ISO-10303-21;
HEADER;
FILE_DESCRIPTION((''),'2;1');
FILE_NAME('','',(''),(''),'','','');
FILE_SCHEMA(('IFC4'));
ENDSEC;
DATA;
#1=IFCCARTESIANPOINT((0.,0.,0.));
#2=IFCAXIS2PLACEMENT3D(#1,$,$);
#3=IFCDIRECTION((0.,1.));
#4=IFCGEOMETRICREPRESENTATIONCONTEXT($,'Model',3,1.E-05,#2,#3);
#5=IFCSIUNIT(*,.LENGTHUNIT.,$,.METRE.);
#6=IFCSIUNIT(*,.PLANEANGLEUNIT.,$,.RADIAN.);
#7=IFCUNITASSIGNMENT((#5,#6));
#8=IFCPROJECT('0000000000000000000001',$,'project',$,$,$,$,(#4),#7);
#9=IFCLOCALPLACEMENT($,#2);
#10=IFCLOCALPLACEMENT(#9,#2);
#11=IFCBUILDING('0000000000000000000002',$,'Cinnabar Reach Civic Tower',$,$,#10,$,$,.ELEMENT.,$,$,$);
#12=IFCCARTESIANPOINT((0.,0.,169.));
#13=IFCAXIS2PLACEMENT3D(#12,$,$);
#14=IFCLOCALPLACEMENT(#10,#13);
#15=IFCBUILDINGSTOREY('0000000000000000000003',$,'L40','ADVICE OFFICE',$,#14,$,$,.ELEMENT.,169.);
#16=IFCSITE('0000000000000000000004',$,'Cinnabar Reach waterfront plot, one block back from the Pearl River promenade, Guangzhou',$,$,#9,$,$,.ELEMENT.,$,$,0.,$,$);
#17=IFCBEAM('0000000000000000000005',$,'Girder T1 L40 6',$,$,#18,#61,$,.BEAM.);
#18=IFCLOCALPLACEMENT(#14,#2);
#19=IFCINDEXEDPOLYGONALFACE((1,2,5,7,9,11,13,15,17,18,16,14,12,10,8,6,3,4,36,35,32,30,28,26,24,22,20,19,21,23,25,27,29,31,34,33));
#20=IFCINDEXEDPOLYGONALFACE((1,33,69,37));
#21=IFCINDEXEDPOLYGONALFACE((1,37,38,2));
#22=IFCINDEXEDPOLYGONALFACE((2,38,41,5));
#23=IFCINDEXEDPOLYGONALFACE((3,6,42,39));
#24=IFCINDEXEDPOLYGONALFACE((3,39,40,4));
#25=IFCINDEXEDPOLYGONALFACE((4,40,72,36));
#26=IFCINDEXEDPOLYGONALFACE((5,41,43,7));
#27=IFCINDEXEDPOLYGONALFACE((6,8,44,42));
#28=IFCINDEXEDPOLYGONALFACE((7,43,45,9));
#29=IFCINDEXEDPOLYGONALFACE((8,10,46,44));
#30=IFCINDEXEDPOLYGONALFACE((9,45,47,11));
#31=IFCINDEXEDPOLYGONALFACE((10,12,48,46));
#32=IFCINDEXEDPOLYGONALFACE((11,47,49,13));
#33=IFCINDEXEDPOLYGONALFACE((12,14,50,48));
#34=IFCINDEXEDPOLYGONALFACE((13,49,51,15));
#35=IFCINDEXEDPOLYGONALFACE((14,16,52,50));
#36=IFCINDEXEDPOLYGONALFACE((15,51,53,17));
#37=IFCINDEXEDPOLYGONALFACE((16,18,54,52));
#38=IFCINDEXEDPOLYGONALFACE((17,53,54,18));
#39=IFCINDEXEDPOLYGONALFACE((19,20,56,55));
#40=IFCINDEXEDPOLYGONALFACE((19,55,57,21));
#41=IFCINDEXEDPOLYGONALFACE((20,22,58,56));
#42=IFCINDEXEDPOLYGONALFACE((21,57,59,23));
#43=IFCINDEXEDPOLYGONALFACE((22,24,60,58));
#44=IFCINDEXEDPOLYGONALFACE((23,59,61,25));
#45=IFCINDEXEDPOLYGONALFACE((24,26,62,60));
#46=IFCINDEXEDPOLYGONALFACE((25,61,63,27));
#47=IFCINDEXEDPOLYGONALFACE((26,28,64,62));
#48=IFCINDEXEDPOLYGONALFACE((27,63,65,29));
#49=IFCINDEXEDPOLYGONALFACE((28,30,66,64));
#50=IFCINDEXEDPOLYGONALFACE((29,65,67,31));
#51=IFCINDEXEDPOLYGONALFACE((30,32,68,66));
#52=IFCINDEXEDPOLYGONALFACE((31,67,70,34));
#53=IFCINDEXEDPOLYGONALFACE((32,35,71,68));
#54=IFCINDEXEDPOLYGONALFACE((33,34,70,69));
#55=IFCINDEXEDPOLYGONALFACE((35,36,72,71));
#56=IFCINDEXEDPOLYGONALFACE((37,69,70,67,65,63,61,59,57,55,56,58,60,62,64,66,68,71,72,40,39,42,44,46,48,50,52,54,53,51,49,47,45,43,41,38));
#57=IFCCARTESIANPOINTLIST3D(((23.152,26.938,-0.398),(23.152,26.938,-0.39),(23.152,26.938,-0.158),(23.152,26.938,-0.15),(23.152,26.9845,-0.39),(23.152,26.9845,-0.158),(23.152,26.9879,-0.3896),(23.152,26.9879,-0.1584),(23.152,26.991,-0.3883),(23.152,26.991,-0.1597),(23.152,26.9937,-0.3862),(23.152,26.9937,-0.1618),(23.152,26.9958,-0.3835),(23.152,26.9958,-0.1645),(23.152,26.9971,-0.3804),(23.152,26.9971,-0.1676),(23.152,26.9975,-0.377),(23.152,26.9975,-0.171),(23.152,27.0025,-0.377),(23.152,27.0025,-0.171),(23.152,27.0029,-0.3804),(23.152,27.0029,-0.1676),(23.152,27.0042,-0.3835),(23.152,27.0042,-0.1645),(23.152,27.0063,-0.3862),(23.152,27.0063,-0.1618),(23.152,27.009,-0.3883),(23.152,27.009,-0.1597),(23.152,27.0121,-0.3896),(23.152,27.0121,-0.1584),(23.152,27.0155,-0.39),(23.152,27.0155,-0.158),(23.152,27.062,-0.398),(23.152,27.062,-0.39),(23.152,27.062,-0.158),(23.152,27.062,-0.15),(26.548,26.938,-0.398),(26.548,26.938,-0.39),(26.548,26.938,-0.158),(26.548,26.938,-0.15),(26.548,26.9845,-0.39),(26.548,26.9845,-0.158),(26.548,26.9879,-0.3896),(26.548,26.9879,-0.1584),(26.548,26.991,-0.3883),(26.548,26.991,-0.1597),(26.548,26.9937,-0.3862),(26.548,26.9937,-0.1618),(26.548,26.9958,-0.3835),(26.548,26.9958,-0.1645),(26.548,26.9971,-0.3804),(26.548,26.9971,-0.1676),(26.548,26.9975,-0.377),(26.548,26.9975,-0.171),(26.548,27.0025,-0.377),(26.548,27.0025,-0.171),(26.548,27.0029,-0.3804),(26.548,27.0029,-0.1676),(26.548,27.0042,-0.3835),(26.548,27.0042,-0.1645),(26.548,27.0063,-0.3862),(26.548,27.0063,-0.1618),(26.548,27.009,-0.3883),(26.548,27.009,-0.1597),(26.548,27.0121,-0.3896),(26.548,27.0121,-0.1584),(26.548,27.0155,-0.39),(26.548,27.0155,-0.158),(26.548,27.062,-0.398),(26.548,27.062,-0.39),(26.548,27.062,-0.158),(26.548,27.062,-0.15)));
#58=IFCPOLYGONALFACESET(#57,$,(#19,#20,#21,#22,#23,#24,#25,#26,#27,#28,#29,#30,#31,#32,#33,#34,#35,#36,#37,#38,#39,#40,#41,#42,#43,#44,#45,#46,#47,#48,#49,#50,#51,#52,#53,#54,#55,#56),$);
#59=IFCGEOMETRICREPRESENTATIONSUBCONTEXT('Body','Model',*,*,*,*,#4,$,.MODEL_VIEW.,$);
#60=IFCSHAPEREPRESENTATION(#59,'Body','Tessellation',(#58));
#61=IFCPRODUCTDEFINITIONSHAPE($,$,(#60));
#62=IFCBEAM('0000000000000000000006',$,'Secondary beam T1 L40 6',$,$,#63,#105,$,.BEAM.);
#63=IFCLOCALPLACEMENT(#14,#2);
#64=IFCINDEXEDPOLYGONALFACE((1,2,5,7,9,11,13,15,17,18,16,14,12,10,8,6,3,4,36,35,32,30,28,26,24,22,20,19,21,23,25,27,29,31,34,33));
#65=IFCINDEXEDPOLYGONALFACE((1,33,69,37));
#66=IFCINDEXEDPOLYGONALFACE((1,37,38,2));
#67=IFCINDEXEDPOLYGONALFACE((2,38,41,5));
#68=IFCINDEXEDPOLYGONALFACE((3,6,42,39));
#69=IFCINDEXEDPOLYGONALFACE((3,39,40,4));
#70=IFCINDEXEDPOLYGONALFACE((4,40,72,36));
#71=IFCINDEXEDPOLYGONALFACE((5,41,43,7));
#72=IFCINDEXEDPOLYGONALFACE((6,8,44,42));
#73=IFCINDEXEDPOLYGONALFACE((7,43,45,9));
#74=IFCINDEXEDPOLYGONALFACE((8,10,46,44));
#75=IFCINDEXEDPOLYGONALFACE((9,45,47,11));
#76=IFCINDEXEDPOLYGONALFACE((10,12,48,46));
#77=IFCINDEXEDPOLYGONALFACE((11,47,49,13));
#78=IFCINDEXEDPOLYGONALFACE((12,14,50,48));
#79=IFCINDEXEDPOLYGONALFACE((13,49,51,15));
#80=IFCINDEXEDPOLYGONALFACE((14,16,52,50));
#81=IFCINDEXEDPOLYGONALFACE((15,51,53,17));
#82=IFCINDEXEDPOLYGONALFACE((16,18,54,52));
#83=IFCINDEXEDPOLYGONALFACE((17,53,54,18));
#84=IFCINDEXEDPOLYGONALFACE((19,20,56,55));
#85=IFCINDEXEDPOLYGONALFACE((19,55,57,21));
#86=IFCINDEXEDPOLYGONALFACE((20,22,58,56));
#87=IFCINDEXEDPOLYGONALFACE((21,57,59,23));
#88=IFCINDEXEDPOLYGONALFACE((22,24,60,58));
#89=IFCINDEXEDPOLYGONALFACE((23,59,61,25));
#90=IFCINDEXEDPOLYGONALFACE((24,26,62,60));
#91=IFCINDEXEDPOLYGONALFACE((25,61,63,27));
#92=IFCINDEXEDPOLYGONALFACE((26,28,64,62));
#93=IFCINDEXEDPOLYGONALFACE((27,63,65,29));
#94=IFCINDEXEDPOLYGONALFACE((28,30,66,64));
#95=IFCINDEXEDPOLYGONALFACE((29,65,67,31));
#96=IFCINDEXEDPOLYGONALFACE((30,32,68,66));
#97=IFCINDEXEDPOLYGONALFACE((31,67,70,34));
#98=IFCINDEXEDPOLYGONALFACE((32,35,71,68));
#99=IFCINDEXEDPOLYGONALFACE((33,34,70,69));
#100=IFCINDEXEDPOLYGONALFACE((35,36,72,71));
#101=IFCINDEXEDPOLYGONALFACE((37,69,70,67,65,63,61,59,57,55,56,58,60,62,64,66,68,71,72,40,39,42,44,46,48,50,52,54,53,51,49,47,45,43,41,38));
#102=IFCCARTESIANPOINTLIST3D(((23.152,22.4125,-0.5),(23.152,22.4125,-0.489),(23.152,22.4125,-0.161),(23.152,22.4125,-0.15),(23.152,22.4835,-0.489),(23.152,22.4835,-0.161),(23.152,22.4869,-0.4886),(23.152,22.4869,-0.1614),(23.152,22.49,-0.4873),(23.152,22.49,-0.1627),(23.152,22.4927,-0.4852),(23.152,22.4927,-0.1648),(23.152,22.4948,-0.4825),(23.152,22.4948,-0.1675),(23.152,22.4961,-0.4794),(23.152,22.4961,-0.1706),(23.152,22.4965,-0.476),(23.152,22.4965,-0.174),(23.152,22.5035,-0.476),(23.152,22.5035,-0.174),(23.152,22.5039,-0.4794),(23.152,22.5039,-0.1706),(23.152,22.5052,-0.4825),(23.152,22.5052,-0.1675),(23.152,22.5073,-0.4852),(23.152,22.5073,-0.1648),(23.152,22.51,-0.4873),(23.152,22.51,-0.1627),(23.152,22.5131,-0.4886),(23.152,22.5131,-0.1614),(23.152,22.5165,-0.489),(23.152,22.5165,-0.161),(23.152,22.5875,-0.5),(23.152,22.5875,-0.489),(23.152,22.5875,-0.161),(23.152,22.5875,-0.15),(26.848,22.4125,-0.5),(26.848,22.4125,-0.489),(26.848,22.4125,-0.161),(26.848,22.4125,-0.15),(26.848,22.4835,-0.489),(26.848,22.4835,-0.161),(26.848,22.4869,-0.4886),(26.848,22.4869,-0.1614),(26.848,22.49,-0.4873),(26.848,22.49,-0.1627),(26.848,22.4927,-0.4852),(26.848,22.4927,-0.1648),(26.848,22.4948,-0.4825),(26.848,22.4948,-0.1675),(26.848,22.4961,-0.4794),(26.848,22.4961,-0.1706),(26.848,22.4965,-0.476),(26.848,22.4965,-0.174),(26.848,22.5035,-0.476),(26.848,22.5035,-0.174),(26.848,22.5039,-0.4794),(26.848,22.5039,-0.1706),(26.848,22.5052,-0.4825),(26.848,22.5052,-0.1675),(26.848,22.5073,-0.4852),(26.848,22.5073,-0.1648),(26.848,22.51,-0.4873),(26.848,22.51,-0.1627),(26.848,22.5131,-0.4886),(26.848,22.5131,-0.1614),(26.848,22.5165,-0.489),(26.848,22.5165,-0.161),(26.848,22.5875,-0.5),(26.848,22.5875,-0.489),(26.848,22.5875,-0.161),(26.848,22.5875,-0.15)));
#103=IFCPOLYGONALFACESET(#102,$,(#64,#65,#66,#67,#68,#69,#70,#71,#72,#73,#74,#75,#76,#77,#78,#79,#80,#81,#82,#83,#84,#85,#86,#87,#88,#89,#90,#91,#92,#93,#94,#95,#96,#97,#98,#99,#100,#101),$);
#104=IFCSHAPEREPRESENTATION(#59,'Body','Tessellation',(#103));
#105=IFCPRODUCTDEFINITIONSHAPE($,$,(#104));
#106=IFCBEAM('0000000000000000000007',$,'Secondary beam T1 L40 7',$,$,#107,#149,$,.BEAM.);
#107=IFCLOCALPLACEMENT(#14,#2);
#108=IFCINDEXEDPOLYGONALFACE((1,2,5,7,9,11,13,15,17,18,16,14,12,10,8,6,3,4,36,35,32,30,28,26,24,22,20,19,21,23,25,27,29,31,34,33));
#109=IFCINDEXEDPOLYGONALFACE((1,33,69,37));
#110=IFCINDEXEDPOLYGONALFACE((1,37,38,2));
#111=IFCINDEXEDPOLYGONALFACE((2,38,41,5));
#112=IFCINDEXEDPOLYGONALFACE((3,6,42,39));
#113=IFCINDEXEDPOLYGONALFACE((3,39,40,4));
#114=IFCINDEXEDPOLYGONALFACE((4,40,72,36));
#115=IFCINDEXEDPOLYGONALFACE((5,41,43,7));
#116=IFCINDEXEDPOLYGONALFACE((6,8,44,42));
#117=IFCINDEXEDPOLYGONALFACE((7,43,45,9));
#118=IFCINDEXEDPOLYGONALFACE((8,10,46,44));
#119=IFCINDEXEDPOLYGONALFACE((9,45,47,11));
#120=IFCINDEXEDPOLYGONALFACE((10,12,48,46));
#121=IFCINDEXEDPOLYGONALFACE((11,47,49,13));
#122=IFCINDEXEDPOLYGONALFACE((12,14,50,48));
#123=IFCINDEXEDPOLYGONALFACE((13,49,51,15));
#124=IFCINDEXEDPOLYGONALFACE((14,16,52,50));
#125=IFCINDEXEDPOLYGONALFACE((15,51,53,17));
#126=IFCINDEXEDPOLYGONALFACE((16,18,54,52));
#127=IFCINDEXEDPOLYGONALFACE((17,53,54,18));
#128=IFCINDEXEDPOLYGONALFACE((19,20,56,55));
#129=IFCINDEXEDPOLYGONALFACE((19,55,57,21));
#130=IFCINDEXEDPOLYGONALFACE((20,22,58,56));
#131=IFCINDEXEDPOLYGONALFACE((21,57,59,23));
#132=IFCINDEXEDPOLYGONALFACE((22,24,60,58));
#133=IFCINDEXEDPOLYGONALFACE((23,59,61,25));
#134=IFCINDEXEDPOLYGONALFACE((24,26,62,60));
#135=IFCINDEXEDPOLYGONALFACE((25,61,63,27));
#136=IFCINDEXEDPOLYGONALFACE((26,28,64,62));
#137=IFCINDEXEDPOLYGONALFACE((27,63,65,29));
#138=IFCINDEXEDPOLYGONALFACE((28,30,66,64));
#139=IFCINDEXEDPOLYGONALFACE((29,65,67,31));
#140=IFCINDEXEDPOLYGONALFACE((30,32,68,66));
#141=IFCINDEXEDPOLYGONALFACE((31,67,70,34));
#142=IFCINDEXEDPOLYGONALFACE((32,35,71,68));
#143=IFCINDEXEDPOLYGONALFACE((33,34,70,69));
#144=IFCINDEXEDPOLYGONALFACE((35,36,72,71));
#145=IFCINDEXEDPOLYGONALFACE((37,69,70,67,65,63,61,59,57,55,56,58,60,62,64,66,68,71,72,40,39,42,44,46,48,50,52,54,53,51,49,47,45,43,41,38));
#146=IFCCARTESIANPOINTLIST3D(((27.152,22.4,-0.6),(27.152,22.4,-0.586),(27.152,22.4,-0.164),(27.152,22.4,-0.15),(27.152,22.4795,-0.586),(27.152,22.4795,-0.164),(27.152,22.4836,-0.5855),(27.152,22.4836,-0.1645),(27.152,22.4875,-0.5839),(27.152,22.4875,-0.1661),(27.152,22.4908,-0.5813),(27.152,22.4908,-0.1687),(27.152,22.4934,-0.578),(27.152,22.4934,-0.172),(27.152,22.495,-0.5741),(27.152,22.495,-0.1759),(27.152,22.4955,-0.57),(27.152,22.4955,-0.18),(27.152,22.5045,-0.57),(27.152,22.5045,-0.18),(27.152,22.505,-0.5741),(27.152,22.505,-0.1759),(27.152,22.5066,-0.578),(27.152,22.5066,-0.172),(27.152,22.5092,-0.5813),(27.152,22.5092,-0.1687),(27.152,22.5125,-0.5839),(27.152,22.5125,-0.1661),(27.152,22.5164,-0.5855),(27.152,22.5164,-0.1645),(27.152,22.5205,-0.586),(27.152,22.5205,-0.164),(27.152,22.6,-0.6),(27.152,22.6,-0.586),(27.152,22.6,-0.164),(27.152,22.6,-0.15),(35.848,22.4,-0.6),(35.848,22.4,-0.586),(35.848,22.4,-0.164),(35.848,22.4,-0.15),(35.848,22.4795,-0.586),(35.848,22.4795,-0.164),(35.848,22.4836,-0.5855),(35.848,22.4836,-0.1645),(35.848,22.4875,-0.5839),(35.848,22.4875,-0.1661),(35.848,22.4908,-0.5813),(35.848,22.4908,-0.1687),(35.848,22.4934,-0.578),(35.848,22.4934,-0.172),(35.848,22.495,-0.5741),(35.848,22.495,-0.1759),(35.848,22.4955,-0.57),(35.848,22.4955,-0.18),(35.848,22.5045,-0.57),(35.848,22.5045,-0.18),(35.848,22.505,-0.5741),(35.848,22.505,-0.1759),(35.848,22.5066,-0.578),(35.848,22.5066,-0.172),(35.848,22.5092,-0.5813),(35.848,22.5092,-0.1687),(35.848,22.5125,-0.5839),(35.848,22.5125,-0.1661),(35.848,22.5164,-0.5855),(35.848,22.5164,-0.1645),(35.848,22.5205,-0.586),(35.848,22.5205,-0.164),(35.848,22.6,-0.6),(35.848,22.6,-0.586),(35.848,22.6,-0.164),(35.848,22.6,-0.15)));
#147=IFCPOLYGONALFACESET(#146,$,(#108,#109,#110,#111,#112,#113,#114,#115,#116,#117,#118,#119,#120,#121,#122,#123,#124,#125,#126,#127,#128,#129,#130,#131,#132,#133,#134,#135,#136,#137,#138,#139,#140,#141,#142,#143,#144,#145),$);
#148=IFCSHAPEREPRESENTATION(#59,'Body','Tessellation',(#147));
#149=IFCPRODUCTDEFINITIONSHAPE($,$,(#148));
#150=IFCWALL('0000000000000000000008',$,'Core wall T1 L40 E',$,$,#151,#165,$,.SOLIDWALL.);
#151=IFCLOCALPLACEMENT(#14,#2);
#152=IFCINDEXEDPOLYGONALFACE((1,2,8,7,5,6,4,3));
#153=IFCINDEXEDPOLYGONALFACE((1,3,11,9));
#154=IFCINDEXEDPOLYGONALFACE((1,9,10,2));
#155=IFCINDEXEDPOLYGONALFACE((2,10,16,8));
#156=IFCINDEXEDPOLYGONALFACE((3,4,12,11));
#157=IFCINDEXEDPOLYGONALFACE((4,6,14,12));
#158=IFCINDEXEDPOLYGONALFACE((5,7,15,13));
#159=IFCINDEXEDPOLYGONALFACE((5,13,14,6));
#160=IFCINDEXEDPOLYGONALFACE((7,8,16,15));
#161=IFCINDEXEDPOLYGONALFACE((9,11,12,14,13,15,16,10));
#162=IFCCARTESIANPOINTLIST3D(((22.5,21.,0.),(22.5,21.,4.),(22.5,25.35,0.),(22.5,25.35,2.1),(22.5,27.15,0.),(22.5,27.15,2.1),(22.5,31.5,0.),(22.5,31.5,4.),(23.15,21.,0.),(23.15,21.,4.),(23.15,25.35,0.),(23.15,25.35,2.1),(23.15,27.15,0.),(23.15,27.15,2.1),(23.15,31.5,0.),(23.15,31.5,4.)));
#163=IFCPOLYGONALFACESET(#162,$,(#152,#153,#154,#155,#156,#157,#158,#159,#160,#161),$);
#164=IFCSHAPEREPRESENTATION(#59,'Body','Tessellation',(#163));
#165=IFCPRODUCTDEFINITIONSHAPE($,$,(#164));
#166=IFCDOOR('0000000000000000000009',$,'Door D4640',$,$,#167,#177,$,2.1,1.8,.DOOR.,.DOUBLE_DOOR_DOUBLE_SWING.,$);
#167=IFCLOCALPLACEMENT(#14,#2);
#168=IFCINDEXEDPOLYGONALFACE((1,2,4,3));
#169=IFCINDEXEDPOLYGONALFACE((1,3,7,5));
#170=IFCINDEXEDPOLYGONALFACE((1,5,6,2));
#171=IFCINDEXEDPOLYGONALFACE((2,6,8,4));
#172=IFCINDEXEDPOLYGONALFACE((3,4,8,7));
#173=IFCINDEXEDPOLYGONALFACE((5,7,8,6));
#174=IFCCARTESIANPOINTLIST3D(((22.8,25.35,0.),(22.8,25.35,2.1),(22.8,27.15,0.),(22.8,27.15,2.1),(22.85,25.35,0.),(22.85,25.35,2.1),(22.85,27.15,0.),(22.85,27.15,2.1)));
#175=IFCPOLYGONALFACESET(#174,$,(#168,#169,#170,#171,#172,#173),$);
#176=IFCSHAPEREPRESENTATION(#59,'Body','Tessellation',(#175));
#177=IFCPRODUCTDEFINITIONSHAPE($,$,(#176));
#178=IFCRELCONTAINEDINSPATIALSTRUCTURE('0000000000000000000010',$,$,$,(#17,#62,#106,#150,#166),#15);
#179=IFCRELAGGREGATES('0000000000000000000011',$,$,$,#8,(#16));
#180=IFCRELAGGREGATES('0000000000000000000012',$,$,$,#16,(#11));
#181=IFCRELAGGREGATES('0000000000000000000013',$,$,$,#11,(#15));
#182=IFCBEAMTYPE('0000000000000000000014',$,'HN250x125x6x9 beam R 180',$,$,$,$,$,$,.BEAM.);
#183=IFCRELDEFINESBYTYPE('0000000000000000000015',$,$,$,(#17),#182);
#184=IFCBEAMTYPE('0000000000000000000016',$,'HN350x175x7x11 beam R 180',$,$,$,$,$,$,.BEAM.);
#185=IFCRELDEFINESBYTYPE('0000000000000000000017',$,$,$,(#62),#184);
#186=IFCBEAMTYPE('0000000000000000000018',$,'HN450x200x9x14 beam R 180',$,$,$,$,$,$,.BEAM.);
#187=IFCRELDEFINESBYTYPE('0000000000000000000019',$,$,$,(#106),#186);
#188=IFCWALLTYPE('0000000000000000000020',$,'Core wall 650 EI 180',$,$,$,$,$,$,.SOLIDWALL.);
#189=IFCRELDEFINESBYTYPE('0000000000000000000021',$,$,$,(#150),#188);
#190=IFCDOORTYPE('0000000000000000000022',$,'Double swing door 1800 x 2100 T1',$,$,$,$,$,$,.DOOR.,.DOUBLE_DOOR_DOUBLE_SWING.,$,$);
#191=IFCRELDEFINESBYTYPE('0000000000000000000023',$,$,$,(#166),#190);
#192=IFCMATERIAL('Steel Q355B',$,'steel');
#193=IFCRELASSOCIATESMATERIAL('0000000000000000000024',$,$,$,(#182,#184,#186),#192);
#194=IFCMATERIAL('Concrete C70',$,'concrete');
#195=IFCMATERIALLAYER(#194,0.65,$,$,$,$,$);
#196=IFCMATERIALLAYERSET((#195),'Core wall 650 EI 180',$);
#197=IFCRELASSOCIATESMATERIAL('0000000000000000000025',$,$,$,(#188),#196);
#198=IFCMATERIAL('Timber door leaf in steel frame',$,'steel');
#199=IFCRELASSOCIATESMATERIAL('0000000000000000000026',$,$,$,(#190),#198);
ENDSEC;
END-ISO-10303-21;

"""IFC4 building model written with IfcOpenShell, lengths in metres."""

from ifc_helpers import new_model, si_unit, direction, frame, frame_2d, origin, origin_2d, place, context, subcontext, project, spatial, rectangle, i_section, extrude, material, layer, layer_set, material_profile, profile_set, type_object, element, fill, save


model = new_model("IFC4")

# Units and contexts
model_context = context("Model", 3, precision=1e-05, world=origin(), true_north=direction((0.0, 1.0)))
body_context = subcontext(model_context, "Body", "Model", "MODEL_VIEW")
ifc_project = project(units=[si_unit("LENGTHUNIT", "METRE"), si_unit("PLANEANGLEUNIT", "RADIAN")], contexts=[model_context])

# Site, building, storey
site_placement = place(None, origin())
site = spatial("IfcSite", under=ifc_project, at=site_placement, Name="Cinnabar Reach waterfront plot, one block back from the Pearl River promenade, Guangzhou", CompositionType="ELEMENT", RefElevation=0.0)
building_placement = place(site_placement, origin())
building = spatial("IfcBuilding", under=site, at=building_placement, Name="Cinnabar Reach Civic Tower", CompositionType="ELEMENT")
storey_placement = place(building_placement, frame((0.0, 0.0, 169.0)))
storey = spatial("IfcBuildingStorey", under=building, at=storey_placement, Name="L40", Description="ADVICE OFFICE", CompositionType="ELEMENT", Elevation=169.0)

# Shared definitions
ifc_material_1 = material(Name="Concrete C70", Category="concrete")

# Beams
ifc_material_2 = material(Name="Steel Q355B", Category="steel")
ifc_material_profile_1 = material_profile(ifc_material_2, i_section(OverallWidth=0.124, OverallDepth=0.248, WebThickness=0.005, FlangeThickness=0.008, FilletRadius=0.013, at=origin_2d()), Name="HN250x125x6x9")
ifc_profile_set_1 = profile_set([ifc_material_profile_1], Name="Steel Q355B")
beam_type_1 = type_object("IfcBeamType", Name="HN250x125x6x9 beam R 180", PredefinedType="BEAM", material=ifc_profile_set_1)
beam_1_placement = place(storey_placement, frame((23.152, 27.0, -0.274), z_axis=(1.0, 0.0, 0.0), x_axis=(0.0, 1.0, 0.0)))
element("IfcBeam", 1, at=beam_1_placement, inside=storey, type_object=beam_type_1, Name="Girder T1 L40 6", PredefinedType="BEAM", context=body_context, shape_type="SweptSolid", body=[
    extrude(i_section(OverallWidth=0.124, OverallDepth=0.248, WebThickness=0.005, FlangeThickness=0.008, FilletRadius=0.013, at=origin_2d()), origin(), (0.0, 0.0, 1.0), 3.396),
])
ifc_material_profile_2 = material_profile(ifc_material_2, i_section(OverallWidth=0.175, OverallDepth=0.35, WebThickness=0.007, FlangeThickness=0.011, FilletRadius=0.013, at=origin_2d()), Name="HN350x175x7x11")
ifc_profile_set_2 = profile_set([ifc_material_profile_2], Name="Steel Q355B")
beam_type_2 = type_object("IfcBeamType", Name="HN350x175x7x11 beam R 180", PredefinedType="BEAM", material=ifc_profile_set_2)
beam_2_placement = place(storey_placement, frame((23.152, 22.5, -0.325), z_axis=(1.0, 0.0, 0.0), x_axis=(0.0, 1.0, 0.0)))
element("IfcBeam", 2, at=beam_2_placement, inside=storey, type_object=beam_type_2, Name="Secondary beam T1 L40 6", PredefinedType="BEAM", context=body_context, shape_type="SweptSolid", body=[
    extrude(i_section(OverallWidth=0.175, OverallDepth=0.35, WebThickness=0.007, FlangeThickness=0.011, FilletRadius=0.013, at=origin_2d()), origin(), (0.0, 0.0, 1.0), 3.696),
])
ifc_material_profile_3 = material_profile(ifc_material_2, i_section(OverallWidth=0.2, OverallDepth=0.45, WebThickness=0.009, FlangeThickness=0.014, FilletRadius=0.016, at=origin_2d()), Name="HN450x200x9x14")
ifc_profile_set_3 = profile_set([ifc_material_profile_3], Name="Steel Q355B")
beam_type_3 = type_object("IfcBeamType", Name="HN450x200x9x14 beam R 180", PredefinedType="BEAM", material=ifc_profile_set_3)
beam_3_placement = place(storey_placement, frame((27.152, 22.5, -0.375), z_axis=(1.0, 0.0, 0.0), x_axis=(0.0, 1.0, 0.0)))
element("IfcBeam", 3, at=beam_3_placement, inside=storey, type_object=beam_type_3, Name="Secondary beam T1 L40 7", PredefinedType="BEAM", context=body_context, shape_type="SweptSolid", body=[
    extrude(i_section(OverallWidth=0.2, OverallDepth=0.45, WebThickness=0.009, FlangeThickness=0.014, FilletRadius=0.016, at=origin_2d()), origin(), (0.0, 0.0, 1.0), 8.696),
])

# Wall, opening, door
ifc_layer_1 = layer(ifc_material_1, 0.65)
ifc_layer_set_1 = layer_set([ifc_layer_1], Name="Core wall 650 EI 180")
wall_type_1 = type_object("IfcWallType", Name="Core wall 650 EI 180", PredefinedType="SOLIDWALL", material=ifc_layer_set_1)
wall_1_placement = place(storey_placement, frame((22.825, 21.0, 0.0), z_axis=(0.0, 0.0, 1.0), x_axis=(0.0, 1.0, 0.0)))
wall_1 = element("IfcWall", 4, at=wall_1_placement, inside=storey, type_object=wall_type_1, Name="Core wall T1 L40 E", PredefinedType="SOLIDWALL", context=body_context, shape_type="SweptSolid", body=[
    extrude(rectangle(XDim=10.5, YDim=0.65, at=frame_2d((5.25, 0.0))), origin(), (0.0, 0.0, 1.0), 4.0),
])
opening_1_placement = place(wall_1_placement, frame((4.35, 0.0, 0.0)))
opening_1 = element("IfcOpeningElement", 5, at=opening_1_placement, cuts=wall_1, PredefinedType="OPENING", context=body_context, shape_type="SweptSolid", body=[
    extrude(rectangle(XDim=1.8, YDim=2.1, at=frame_2d((0.9, 1.05))), frame((0.0, 0.335, 0.0), z_axis=(0.0, -1.0, 0.0), x_axis=(1.0, 0.0, 0.0)), (0.0, 0.0, 1.0), 0.67),
])
ifc_material_3 = material(Name="Timber door leaf in steel frame", Category="steel")
door_type_1 = type_object("IfcDoorType", Name="Double swing door 1800 x 2100 T1", OperationType="DOUBLE_DOOR_DOUBLE_SWING", PredefinedType="DOOR", material=ifc_material_3)
door_1_placement = place(opening_1_placement, origin())
door_1 = element("IfcDoor", 6, at=door_1_placement, inside=storey, type_object=door_type_1, Name="Door D4640", OperationType="DOUBLE_DOOR_DOUBLE_SWING", OverallHeight=2.1, OverallWidth=1.8, PredefinedType="DOOR", context=body_context, shape_type="SweptSolid", body=[
    extrude(rectangle(XDim=1.8, YDim=2.1, at=frame_2d((0.9, 1.05))), frame((0.0, 0.025, 0.0), z_axis=(0.0, -1.0, 0.0), x_axis=(1.0, 0.0, 0.0)), (0.0, 0.0, 1.0), 0.05),
])
fill(opening_1, door_1)

save(model, "model.ifc")
